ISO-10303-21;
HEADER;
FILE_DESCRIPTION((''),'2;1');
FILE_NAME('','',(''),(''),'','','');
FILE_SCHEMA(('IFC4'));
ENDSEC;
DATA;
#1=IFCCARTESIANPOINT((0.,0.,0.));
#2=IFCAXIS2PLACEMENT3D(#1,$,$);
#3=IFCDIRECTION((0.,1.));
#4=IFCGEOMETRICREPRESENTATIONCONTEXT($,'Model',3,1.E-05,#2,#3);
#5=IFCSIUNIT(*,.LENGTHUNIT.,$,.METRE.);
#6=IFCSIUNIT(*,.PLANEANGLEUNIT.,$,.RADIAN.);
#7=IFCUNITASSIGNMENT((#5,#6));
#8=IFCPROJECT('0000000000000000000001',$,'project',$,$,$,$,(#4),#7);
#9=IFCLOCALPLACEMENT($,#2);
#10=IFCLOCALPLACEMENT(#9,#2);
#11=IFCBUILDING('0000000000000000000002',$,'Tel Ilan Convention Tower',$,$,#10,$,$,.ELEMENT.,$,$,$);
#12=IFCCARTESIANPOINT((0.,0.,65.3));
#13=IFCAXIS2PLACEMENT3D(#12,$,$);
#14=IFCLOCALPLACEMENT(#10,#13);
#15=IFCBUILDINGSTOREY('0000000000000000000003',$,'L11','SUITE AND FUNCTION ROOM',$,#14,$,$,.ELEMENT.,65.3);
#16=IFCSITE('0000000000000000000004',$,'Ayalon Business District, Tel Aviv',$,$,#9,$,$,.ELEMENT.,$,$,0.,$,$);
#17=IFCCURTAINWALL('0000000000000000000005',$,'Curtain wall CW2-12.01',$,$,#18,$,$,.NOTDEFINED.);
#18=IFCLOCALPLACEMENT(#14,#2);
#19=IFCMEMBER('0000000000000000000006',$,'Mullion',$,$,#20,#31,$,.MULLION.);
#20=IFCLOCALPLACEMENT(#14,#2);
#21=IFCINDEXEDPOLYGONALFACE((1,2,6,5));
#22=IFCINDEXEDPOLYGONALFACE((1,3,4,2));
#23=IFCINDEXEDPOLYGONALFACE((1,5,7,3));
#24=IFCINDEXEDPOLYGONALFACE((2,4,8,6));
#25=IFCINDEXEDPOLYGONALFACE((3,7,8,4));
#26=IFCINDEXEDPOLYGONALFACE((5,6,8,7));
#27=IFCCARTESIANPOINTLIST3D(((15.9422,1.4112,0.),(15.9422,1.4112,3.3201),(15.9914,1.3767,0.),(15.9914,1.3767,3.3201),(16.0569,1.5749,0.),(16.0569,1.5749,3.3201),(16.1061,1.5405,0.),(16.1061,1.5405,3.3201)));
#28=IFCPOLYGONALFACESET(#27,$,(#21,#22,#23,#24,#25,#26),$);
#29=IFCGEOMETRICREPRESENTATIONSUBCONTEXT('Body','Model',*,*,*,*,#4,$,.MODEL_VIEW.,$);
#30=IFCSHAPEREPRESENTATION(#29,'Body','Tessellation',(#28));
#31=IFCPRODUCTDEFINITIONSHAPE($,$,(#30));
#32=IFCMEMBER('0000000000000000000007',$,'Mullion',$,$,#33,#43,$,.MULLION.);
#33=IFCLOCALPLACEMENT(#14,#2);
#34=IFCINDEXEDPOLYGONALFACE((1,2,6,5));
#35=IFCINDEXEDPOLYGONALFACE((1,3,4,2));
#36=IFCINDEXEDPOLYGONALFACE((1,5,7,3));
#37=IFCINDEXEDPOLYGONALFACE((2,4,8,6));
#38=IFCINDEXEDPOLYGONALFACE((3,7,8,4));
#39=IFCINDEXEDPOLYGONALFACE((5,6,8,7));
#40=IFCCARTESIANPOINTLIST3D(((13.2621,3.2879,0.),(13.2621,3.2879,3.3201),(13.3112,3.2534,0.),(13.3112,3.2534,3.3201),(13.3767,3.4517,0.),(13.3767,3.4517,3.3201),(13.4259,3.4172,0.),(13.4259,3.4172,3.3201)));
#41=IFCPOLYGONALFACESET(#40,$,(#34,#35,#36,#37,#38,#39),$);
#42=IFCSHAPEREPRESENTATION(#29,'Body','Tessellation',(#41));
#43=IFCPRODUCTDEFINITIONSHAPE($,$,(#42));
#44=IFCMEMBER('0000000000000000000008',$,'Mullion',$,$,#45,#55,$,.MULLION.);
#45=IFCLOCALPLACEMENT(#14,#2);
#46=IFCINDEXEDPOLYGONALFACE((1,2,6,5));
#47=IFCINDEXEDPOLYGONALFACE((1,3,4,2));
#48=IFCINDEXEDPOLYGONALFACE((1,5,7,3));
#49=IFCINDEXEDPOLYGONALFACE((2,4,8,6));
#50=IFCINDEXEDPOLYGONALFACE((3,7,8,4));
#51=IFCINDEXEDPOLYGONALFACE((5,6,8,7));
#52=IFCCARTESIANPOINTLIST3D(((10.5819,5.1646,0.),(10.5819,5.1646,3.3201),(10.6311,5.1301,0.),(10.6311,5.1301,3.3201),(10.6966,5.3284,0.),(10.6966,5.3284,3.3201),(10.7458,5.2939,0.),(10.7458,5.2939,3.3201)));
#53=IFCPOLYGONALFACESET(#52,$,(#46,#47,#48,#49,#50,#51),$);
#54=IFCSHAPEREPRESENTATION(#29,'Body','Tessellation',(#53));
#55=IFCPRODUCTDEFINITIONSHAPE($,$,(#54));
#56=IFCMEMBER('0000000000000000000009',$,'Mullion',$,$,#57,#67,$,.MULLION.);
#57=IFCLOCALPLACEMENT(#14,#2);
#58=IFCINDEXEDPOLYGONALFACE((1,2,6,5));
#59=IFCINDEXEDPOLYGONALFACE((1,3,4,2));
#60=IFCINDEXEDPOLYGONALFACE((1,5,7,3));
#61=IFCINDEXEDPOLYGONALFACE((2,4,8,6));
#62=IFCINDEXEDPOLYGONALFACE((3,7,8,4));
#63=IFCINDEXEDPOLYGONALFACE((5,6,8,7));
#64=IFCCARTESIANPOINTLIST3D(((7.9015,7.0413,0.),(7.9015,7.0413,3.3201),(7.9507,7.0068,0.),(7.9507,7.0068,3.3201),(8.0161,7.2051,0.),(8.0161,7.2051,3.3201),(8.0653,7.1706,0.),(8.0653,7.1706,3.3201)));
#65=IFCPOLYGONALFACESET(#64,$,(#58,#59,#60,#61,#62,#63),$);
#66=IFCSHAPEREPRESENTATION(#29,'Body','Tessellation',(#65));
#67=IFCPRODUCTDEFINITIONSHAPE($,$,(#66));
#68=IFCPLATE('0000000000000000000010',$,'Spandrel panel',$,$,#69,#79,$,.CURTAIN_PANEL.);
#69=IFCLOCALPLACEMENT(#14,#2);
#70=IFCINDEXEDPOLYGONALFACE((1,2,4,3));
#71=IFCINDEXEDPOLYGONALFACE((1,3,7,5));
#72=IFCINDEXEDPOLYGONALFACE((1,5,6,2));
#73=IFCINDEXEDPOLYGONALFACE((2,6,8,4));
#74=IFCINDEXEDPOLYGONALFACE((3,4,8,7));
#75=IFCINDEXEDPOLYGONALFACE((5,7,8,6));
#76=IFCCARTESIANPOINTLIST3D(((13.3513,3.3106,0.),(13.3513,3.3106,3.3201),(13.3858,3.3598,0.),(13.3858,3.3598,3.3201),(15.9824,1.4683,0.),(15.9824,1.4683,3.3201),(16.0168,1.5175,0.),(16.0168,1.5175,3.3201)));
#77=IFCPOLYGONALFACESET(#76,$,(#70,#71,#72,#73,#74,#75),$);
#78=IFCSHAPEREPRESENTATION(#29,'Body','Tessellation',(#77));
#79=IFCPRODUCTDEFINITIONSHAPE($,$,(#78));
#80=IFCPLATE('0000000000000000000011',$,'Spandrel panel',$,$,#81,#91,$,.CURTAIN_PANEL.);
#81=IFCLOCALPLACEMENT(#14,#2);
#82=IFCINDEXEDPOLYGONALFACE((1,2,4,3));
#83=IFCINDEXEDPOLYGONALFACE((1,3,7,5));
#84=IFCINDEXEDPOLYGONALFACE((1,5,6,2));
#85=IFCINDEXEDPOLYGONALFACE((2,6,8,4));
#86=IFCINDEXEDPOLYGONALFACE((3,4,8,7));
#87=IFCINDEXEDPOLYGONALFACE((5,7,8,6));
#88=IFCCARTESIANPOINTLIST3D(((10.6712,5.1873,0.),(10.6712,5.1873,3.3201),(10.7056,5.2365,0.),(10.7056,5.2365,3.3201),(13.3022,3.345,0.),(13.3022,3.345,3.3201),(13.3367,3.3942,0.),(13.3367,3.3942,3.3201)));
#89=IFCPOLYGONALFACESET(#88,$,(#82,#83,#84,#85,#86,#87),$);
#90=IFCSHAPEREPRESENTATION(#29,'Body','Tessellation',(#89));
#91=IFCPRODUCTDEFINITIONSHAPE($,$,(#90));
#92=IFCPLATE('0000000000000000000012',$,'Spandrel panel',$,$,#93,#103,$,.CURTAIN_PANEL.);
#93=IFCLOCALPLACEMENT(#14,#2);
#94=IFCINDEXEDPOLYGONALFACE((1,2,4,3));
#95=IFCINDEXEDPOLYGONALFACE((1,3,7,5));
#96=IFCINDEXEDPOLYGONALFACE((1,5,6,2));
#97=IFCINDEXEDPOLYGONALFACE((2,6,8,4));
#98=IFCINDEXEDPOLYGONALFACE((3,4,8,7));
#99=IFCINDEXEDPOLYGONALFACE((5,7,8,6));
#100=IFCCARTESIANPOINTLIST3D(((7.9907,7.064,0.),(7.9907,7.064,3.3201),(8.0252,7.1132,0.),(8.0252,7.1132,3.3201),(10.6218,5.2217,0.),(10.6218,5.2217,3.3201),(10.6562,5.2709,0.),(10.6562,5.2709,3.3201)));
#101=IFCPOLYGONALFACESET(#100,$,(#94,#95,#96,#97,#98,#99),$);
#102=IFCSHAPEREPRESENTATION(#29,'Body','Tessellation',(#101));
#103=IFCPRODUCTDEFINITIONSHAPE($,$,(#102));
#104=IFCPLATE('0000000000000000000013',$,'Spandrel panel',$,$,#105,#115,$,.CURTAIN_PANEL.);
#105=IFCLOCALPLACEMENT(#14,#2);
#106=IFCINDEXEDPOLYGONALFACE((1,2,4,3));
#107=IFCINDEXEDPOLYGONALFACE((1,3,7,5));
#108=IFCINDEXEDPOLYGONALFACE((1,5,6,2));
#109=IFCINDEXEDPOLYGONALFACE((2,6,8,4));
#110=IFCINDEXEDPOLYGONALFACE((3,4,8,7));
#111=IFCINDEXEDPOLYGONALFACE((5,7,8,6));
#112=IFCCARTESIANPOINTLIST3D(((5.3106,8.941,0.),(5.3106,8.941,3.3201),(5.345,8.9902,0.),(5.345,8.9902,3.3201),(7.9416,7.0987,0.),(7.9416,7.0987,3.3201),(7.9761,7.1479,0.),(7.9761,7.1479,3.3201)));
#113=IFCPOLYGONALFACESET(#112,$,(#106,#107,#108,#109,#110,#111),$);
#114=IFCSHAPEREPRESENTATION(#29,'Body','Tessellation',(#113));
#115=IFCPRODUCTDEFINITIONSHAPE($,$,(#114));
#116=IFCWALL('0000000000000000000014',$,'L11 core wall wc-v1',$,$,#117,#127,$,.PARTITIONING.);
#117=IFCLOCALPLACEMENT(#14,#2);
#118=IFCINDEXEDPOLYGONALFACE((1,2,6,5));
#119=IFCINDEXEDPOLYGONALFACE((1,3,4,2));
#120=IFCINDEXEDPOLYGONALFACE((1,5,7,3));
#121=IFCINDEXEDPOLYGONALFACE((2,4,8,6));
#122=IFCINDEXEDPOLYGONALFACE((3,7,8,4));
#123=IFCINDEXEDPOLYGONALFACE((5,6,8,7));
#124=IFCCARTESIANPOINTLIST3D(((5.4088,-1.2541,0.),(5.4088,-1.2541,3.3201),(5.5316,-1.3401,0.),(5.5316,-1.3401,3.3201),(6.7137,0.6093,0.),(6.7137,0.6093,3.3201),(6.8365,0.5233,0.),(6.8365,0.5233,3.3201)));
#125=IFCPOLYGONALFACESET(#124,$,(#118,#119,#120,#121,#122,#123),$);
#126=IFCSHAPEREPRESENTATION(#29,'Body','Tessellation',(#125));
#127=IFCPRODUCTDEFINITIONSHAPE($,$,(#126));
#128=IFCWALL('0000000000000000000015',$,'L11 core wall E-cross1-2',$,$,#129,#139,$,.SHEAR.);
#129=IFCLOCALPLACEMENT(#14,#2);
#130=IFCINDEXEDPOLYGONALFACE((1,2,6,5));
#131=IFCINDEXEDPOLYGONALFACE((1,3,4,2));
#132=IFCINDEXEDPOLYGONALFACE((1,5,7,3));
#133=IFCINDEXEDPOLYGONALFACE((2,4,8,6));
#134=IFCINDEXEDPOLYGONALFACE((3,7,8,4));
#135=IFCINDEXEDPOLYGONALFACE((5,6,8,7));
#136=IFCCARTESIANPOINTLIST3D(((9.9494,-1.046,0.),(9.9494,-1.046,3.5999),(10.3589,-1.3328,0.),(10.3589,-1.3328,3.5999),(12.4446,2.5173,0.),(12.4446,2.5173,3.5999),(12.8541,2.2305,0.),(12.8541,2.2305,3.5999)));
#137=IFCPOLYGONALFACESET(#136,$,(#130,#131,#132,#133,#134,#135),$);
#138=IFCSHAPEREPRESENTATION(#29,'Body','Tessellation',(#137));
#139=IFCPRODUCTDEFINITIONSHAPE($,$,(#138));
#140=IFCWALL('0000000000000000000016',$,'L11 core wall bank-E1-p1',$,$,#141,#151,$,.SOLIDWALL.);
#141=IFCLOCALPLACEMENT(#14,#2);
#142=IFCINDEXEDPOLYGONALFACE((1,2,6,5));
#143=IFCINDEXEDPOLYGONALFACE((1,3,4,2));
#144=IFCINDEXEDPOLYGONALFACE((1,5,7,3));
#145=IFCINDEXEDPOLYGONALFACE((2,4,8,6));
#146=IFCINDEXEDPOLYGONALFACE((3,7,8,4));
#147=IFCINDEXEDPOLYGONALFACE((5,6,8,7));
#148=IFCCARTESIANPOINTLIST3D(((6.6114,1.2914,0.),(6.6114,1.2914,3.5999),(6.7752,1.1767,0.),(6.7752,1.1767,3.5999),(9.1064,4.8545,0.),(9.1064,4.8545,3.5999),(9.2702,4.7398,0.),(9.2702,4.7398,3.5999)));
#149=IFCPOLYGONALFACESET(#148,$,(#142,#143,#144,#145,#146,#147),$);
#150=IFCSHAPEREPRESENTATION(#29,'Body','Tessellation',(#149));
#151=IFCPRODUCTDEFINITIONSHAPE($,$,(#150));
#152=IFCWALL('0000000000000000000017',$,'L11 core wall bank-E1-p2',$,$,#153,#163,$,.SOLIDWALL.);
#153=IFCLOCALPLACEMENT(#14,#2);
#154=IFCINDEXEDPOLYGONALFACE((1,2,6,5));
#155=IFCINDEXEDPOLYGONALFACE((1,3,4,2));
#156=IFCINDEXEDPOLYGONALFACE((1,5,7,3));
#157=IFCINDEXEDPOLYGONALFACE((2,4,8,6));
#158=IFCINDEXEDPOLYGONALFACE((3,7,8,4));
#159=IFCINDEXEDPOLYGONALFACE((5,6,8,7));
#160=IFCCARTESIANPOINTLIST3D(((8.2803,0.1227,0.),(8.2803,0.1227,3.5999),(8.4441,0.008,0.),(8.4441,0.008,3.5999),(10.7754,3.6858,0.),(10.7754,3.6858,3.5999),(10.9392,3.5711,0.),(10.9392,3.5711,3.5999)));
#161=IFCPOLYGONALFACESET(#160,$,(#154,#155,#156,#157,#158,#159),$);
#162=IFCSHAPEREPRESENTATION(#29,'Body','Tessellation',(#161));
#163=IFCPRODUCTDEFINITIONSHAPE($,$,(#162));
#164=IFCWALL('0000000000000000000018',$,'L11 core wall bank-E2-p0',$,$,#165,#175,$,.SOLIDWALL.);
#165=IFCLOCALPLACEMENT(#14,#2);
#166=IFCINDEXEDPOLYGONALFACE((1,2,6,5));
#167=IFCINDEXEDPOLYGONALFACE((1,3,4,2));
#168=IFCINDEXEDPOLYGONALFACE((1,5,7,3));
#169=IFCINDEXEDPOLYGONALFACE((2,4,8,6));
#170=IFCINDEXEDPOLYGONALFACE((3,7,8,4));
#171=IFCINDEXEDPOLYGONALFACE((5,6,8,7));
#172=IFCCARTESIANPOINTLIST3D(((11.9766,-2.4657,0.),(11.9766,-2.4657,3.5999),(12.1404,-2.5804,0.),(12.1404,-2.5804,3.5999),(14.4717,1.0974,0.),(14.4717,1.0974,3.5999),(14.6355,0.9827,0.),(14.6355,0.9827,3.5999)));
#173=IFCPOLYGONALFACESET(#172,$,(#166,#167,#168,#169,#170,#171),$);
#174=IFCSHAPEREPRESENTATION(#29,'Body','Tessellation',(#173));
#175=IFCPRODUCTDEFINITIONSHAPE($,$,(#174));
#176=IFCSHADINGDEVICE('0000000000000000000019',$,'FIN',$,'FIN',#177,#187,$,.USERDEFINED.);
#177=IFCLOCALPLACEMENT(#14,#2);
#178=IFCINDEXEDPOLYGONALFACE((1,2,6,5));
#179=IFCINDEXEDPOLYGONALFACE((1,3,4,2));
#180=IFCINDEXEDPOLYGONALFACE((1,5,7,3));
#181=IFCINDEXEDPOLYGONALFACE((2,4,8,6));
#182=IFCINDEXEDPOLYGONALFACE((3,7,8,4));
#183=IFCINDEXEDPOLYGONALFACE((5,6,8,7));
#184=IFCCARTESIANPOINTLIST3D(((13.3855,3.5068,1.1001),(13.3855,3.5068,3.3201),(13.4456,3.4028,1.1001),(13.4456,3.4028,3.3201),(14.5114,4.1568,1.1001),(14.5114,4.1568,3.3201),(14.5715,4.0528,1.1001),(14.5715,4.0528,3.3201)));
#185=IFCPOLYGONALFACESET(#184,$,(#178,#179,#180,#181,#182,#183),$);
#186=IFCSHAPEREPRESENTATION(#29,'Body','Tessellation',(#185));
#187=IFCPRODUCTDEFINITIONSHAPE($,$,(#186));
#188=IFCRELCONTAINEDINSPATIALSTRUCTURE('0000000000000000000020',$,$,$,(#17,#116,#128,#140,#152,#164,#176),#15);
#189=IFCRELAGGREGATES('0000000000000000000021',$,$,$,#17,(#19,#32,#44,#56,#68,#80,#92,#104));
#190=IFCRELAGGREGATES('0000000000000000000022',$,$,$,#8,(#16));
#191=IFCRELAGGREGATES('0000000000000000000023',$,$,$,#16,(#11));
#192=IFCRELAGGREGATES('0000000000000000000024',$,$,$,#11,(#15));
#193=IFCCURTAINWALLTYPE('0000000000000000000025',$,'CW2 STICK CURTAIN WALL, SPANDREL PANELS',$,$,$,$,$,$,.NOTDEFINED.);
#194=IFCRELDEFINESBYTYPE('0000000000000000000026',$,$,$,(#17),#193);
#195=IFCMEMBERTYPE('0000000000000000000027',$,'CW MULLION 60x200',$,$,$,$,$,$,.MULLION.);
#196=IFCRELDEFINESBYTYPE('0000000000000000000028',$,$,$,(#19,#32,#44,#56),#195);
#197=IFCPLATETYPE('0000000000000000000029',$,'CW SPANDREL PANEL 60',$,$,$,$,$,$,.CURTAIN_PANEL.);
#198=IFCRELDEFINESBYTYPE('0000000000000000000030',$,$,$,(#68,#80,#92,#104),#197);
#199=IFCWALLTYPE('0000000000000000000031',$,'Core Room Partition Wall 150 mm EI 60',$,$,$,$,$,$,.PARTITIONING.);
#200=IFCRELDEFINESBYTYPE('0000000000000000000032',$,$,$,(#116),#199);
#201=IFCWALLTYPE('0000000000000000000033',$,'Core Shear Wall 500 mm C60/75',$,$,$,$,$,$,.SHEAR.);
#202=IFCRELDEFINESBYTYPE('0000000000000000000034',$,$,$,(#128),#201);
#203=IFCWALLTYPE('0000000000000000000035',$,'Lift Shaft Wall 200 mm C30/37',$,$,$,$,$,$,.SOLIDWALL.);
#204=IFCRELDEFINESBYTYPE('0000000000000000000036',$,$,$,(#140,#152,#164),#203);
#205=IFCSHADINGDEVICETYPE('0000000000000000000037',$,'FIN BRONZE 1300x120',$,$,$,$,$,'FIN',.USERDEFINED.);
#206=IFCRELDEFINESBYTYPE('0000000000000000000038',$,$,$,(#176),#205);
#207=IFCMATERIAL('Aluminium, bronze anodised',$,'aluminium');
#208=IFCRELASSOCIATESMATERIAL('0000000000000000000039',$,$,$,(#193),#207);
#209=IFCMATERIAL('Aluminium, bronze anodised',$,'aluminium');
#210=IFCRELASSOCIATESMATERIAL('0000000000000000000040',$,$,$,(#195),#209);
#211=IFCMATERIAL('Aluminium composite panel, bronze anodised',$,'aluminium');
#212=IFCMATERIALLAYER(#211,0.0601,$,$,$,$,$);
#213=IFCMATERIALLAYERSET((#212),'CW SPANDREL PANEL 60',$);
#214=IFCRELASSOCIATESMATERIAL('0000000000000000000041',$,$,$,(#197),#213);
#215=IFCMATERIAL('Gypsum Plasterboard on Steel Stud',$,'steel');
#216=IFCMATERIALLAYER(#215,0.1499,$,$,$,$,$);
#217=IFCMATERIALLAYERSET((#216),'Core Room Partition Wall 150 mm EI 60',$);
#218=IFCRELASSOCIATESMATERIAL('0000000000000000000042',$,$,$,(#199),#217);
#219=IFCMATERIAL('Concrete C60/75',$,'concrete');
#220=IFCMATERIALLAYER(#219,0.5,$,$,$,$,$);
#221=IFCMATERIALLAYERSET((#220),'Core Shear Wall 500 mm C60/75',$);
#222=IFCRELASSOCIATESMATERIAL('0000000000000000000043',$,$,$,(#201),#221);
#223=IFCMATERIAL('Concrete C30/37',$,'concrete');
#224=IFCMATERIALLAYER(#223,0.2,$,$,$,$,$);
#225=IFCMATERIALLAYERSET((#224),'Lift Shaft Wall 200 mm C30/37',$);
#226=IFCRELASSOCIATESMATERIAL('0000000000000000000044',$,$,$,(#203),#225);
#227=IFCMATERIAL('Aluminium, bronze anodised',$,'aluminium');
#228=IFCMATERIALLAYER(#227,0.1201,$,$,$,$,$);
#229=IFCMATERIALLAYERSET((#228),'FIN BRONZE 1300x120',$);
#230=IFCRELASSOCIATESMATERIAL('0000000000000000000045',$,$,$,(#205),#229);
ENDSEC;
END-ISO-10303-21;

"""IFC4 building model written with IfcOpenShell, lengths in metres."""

from ifc_helpers import new_model, si_unit, direction, frame, frame_2d, origin, origin_2d, place, context, subcontext, project, spatial, polyline, rectangle, outline, extrude, material, layer, layer_set, material_profile, profile_set, type_object, element, aggregate, save


model = new_model("IFC4")

# Units and contexts
model_context = context("Model", 3, precision=1e-05, world=origin(), true_north=direction((0.0, 1.0)))
body_context = subcontext(model_context, "Body", "Model", "MODEL_VIEW")
ifc_project = project(units=[si_unit("LENGTHUNIT", "METRE"), si_unit("PLANEANGLEUNIT", "RADIAN")], contexts=[model_context])

# Site, building, storey
site_placement = place(None, origin())
site = spatial("IfcSite", under=ifc_project, at=site_placement, Name="Ayalon Business District, Tel Aviv", CompositionType="ELEMENT", RefElevation=0.0)
building_placement = place(site_placement, origin())
building = spatial("IfcBuilding", under=site, at=building_placement, Name="Tel Ilan Convention Tower", CompositionType="ELEMENT")
storey_placement = place(building_placement, frame((0.0, 0.0, 65.3)))
storey = spatial("IfcBuildingStorey", under=building, at=storey_placement, Name="L11", Description="SUITE AND FUNCTION ROOM", CompositionType="ELEMENT", Elevation=65.3)

# Curtain wall, members, plates
ifc_material_1 = material(Name="Aluminium, bronze anodised", Category="aluminium")
curtain_wall_type = type_object("IfcCurtainWallType", Name="CW2 STICK CURTAIN WALL, SPANDREL PANELS", PredefinedType="NOTDEFINED", material=ifc_material_1)
curtain_wall_placement = place(storey_placement, origin())
curtain_wall = element("IfcCurtainWall", 1, at=curtain_wall_placement, inside=storey, type_object=curtain_wall_type, Name="Curtain wall CW2-12.01", PredefinedType="NOTDEFINED")
ifc_material_2 = material(Name="Aluminium, bronze anodised", Category="aluminium")
ifc_material_profile = material_profile(ifc_material_2, rectangle(XDim=0.0601, YDim=0.2, at=origin_2d()), Name="CW MULLION 60x200")
ifc_profile_set = profile_set([ifc_material_profile], Name="Aluminium, bronze anodised")
member_type = type_object("IfcMemberType", Name="CW MULLION 60x200", PredefinedType="MULLION", material=ifc_profile_set)
member_1_placement = place(storey_placement, frame((16.0242, 1.4758, 0.0), z_axis=(0.0, 0.0, 1.0), x_axis=(-0.819152, 0.573576, 0.0)))
member_1 = element("IfcMember", 2, at=member_1_placement, type_object=member_type, Name="Mullion", PredefinedType="MULLION", context=body_context, shape_type="SweptSolid", body=[
    extrude(rectangle(XDim=0.0601, YDim=0.2, at=origin_2d()), origin(), (0.0, 0.0, 1.0), 3.3201),
])
member_2_placement = place(storey_placement, frame((13.344, 3.3525, 0.0), z_axis=(0.0, 0.0, 1.0), x_axis=(-0.819152, 0.573576, 0.0)))
member_2 = element("IfcMember", 3, at=member_2_placement, type_object=member_type, Name="Mullion", PredefinedType="MULLION", context=body_context, shape_type="SweptSolid", body=[
    extrude(rectangle(XDim=0.0601, YDim=0.2, at=origin_2d()), origin(), (0.0, 0.0, 1.0), 3.3201),
])
member_3_placement = place(storey_placement, frame((10.6638, 5.2292, 0.0), z_axis=(0.0, 0.0, 1.0), x_axis=(-0.819152, 0.573576, 0.0)))
member_3 = element("IfcMember", 4, at=member_3_placement, type_object=member_type, Name="Mullion", PredefinedType="MULLION", context=body_context, shape_type="SweptSolid", body=[
    extrude(rectangle(XDim=0.0601, YDim=0.2, at=origin_2d()), origin(), (0.0, 0.0, 1.0), 3.3201),
])
member_4_placement = place(storey_placement, frame((7.9834, 7.106, 0.0), z_axis=(0.0, 0.0, 1.0), x_axis=(-0.819152, 0.573576, 0.0)))
member_4 = element("IfcMember", 5, at=member_4_placement, type_object=member_type, Name="Mullion", PredefinedType="MULLION", context=body_context, shape_type="SweptSolid", body=[
    extrude(rectangle(XDim=0.0601, YDim=0.2, at=origin_2d()), origin(), (0.0, 0.0, 1.0), 3.3201),
])
ifc_material_3 = material(Name="Aluminium composite panel, bronze anodised", Category="aluminium")
ifc_layer_1 = layer(ifc_material_3, 0.0601)
ifc_layer_set_1 = layer_set([ifc_layer_1], Name="CW SPANDREL PANEL 60")
plate_type = type_object("IfcPlateType", Name="CW SPANDREL PANEL 60", PredefinedType="CURTAIN_PANEL", material=ifc_layer_set_1)
plate_1_placement = place(storey_placement, frame((14.6841, 2.4141, 0.0), z_axis=(0.0, 0.0, 1.0), x_axis=(-0.819152, 0.573576, 0.0)))
plate_1 = element("IfcPlate", 6, at=plate_1_placement, type_object=plate_type, Name="Spandrel panel", PredefinedType="CURTAIN_PANEL", context=body_context, shape_type="SweptSolid", body=[
    extrude(rectangle(XDim=3.2119, YDim=0.0601, at=origin_2d()), origin(), (0.0, 0.0, 1.0), 3.3201),
])
plate_2_placement = place(storey_placement, frame((12.0039, 4.2908, 0.0), z_axis=(0.0, 0.0, 1.0), x_axis=(-0.819152, 0.573576, 0.0)))
plate_2 = element("IfcPlate", 7, at=plate_2_placement, type_object=plate_type, Name="Spandrel panel", PredefinedType="CURTAIN_PANEL", context=body_context, shape_type="SweptSolid", body=[
    extrude(rectangle(XDim=3.2119, YDim=0.0601, at=origin_2d()), origin(), (0.0, 0.0, 1.0), 3.3201),
])
plate_3_placement = place(storey_placement, frame((9.3235, 6.1675, 0.0), z_axis=(0.0, 0.0, 1.0), x_axis=(-0.819152, 0.573576, 0.0)))
plate_3 = element("IfcPlate", 8, at=plate_3_placement, type_object=plate_type, Name="Spandrel panel", PredefinedType="CURTAIN_PANEL", context=body_context, shape_type="SweptSolid", body=[
    extrude(rectangle(XDim=3.2119, YDim=0.0601, at=origin_2d()), origin(), (0.0, 0.0, 1.0), 3.3201),
])
plate_4_placement = place(storey_placement, frame((6.6433, 8.0444, 0.0), z_axis=(0.0, 0.0, 1.0), x_axis=(-0.819152, 0.573576, 0.0)))
plate_4 = element("IfcPlate", 9, at=plate_4_placement, type_object=plate_type, Name="Spandrel panel", PredefinedType="CURTAIN_PANEL", context=body_context, shape_type="SweptSolid", body=[
    extrude(rectangle(XDim=3.2119, YDim=0.0601, at=origin_2d()), origin(), (0.0, 0.0, 1.0), 3.3201),
])
aggregate(curtain_wall, [member_1, member_2, member_3, member_4, plate_1, plate_2, plate_3, plate_4])

# Walls
ifc_material_4 = material(Name="Gypsum Plasterboard on Steel Stud", Category="steel")
ifc_layer_2 = layer(ifc_material_4, 0.1499)
ifc_layer_set_2 = layer_set([ifc_layer_2], Name="Core Room Partition Wall 150 mm EI 60")
wall_type_1 = type_object("IfcWallType", Name="Core Room Partition Wall 150 mm EI 60", PredefinedType="PARTITIONING", material=ifc_layer_set_2)
wall_1_placement = place(storey_placement, frame((5.4702, -1.2971, 0.0), z_axis=(0.0, 0.0, 1.0), x_axis=(0.573599, 0.819136, 0.0)))
element("IfcWall", 10, at=wall_1_placement, inside=storey, type_object=wall_type_1, Name="L11 core wall wc-v1", PredefinedType="PARTITIONING", context=body_context, shape_type="SweptSolid", body=[
    extrude(rectangle(XDim=2.2749, YDim=0.1499, at=frame_2d((1.1375, 0.0))), origin(), (0.0, 0.0, 1.0), 3.3201),
])
ifc_material_5 = material(Name="Concrete C60/75", Category="concrete")
ifc_layer_3 = layer(ifc_material_5, 0.5)
ifc_layer_set_3 = layer_set([ifc_layer_3], Name="Core Shear Wall 500 mm C60/75")
wall_type_2 = type_object("IfcWallType", Name="Core Shear Wall 500 mm C60/75", PredefinedType="SHEAR", material=ifc_layer_set_3)
wall_2_placement = place(storey_placement, frame((10.1543, -1.1892, 0.0), z_axis=(0.0, 0.0, 1.0), x_axis=(0.573594, 0.81914, 0.0)))
element("IfcWall", 11, at=wall_2_placement, inside=storey, type_object=wall_type_2, Name="L11 core wall E-cross1-2", PredefinedType="SHEAR", context=body_context, shape_type="SweptSolid", body=[
    extrude(outline(polyline([(4.3499, -0.25), (4.3499, 0.25), (-0.0002, 0.25), (-0.0002, -0.25), (4.3499, -0.25)])), origin(), (0.0, 0.0, 1.0), 3.5999),
])
ifc_material_6 = material(Name="Concrete C30/37", Category="concrete")
ifc_layer_4 = layer(ifc_material_6, 0.2)
ifc_layer_set_4 = layer_set([ifc_layer_4], Name="Lift Shaft Wall 200 mm C30/37")
wall_type_3 = type_object("IfcWallType", Name="Lift Shaft Wall 200 mm C30/37", PredefinedType="SOLIDWALL", material=ifc_layer_set_4)
for number, where, z_axis, x_axis, name in (
    (12, (6.6934, 1.2341, 0.0), (0.0, 0.0, 1.0), (0.573594, 0.81914, 0.0), "L11 core wall bank-E1-p1"),
    (13, (8.3623, 0.0654, 0.0), (0.0, 0.0, 1.0), (0.573594, 0.81914, 0.0), "L11 core wall bank-E1-p2"),
    (14, (12.0586, -2.5229, 0.0), (0.0, 0.0, 1.0), (0.573594, 0.81914, 0.0), "L11 core wall bank-E2-p0"),
):
    element("IfcWall", number, at=place(storey_placement, frame(where, z_axis=z_axis, x_axis=x_axis)), inside=storey, type_object=wall_type_3, Name=name, PredefinedType="SOLIDWALL", context=body_context, shape_type="SweptSolid", body=[
        extrude(rectangle(XDim=4.3499, YDim=0.2, at=frame_2d((2.1748, 0.0))), origin(), (0.0, 0.0, 1.0), 3.5999),
    ])

# Shading device
ifc_material_7 = material(Name="Aluminium, bronze anodised", Category="aluminium")
ifc_layer_5 = layer(ifc_material_7, 0.1201)
ifc_layer_set_5 = layer_set([ifc_layer_5], Name="FIN BRONZE 1300x120")
shading_device_type = type_object("IfcShadingDeviceType", Name="FIN BRONZE 1300x120", ElementType="FIN", PredefinedType="USERDEFINED", material=ifc_layer_set_5)
for number, where, z_axis, x_axis, name in (
    (15, (13.9785, 3.7798, 1.1001), (0.0, 0.0, 1.0), (0.866025, 0.5, 0.0), "FIN"),
):
    element("IfcShadingDevice", number, at=place(storey_placement, frame(where, z_axis=z_axis, x_axis=x_axis)), inside=storey, type_object=shading_device_type, Name=name, ObjectType="FIN", PredefinedType="USERDEFINED", context=body_context, shape_type="SweptSolid", body=[
        extrude(rectangle(XDim=1.3, YDim=0.1201, at=origin_2d()), origin(), (0.0, 0.0, 1.0), 2.22),
    ])

save(model, "model.ifc")
